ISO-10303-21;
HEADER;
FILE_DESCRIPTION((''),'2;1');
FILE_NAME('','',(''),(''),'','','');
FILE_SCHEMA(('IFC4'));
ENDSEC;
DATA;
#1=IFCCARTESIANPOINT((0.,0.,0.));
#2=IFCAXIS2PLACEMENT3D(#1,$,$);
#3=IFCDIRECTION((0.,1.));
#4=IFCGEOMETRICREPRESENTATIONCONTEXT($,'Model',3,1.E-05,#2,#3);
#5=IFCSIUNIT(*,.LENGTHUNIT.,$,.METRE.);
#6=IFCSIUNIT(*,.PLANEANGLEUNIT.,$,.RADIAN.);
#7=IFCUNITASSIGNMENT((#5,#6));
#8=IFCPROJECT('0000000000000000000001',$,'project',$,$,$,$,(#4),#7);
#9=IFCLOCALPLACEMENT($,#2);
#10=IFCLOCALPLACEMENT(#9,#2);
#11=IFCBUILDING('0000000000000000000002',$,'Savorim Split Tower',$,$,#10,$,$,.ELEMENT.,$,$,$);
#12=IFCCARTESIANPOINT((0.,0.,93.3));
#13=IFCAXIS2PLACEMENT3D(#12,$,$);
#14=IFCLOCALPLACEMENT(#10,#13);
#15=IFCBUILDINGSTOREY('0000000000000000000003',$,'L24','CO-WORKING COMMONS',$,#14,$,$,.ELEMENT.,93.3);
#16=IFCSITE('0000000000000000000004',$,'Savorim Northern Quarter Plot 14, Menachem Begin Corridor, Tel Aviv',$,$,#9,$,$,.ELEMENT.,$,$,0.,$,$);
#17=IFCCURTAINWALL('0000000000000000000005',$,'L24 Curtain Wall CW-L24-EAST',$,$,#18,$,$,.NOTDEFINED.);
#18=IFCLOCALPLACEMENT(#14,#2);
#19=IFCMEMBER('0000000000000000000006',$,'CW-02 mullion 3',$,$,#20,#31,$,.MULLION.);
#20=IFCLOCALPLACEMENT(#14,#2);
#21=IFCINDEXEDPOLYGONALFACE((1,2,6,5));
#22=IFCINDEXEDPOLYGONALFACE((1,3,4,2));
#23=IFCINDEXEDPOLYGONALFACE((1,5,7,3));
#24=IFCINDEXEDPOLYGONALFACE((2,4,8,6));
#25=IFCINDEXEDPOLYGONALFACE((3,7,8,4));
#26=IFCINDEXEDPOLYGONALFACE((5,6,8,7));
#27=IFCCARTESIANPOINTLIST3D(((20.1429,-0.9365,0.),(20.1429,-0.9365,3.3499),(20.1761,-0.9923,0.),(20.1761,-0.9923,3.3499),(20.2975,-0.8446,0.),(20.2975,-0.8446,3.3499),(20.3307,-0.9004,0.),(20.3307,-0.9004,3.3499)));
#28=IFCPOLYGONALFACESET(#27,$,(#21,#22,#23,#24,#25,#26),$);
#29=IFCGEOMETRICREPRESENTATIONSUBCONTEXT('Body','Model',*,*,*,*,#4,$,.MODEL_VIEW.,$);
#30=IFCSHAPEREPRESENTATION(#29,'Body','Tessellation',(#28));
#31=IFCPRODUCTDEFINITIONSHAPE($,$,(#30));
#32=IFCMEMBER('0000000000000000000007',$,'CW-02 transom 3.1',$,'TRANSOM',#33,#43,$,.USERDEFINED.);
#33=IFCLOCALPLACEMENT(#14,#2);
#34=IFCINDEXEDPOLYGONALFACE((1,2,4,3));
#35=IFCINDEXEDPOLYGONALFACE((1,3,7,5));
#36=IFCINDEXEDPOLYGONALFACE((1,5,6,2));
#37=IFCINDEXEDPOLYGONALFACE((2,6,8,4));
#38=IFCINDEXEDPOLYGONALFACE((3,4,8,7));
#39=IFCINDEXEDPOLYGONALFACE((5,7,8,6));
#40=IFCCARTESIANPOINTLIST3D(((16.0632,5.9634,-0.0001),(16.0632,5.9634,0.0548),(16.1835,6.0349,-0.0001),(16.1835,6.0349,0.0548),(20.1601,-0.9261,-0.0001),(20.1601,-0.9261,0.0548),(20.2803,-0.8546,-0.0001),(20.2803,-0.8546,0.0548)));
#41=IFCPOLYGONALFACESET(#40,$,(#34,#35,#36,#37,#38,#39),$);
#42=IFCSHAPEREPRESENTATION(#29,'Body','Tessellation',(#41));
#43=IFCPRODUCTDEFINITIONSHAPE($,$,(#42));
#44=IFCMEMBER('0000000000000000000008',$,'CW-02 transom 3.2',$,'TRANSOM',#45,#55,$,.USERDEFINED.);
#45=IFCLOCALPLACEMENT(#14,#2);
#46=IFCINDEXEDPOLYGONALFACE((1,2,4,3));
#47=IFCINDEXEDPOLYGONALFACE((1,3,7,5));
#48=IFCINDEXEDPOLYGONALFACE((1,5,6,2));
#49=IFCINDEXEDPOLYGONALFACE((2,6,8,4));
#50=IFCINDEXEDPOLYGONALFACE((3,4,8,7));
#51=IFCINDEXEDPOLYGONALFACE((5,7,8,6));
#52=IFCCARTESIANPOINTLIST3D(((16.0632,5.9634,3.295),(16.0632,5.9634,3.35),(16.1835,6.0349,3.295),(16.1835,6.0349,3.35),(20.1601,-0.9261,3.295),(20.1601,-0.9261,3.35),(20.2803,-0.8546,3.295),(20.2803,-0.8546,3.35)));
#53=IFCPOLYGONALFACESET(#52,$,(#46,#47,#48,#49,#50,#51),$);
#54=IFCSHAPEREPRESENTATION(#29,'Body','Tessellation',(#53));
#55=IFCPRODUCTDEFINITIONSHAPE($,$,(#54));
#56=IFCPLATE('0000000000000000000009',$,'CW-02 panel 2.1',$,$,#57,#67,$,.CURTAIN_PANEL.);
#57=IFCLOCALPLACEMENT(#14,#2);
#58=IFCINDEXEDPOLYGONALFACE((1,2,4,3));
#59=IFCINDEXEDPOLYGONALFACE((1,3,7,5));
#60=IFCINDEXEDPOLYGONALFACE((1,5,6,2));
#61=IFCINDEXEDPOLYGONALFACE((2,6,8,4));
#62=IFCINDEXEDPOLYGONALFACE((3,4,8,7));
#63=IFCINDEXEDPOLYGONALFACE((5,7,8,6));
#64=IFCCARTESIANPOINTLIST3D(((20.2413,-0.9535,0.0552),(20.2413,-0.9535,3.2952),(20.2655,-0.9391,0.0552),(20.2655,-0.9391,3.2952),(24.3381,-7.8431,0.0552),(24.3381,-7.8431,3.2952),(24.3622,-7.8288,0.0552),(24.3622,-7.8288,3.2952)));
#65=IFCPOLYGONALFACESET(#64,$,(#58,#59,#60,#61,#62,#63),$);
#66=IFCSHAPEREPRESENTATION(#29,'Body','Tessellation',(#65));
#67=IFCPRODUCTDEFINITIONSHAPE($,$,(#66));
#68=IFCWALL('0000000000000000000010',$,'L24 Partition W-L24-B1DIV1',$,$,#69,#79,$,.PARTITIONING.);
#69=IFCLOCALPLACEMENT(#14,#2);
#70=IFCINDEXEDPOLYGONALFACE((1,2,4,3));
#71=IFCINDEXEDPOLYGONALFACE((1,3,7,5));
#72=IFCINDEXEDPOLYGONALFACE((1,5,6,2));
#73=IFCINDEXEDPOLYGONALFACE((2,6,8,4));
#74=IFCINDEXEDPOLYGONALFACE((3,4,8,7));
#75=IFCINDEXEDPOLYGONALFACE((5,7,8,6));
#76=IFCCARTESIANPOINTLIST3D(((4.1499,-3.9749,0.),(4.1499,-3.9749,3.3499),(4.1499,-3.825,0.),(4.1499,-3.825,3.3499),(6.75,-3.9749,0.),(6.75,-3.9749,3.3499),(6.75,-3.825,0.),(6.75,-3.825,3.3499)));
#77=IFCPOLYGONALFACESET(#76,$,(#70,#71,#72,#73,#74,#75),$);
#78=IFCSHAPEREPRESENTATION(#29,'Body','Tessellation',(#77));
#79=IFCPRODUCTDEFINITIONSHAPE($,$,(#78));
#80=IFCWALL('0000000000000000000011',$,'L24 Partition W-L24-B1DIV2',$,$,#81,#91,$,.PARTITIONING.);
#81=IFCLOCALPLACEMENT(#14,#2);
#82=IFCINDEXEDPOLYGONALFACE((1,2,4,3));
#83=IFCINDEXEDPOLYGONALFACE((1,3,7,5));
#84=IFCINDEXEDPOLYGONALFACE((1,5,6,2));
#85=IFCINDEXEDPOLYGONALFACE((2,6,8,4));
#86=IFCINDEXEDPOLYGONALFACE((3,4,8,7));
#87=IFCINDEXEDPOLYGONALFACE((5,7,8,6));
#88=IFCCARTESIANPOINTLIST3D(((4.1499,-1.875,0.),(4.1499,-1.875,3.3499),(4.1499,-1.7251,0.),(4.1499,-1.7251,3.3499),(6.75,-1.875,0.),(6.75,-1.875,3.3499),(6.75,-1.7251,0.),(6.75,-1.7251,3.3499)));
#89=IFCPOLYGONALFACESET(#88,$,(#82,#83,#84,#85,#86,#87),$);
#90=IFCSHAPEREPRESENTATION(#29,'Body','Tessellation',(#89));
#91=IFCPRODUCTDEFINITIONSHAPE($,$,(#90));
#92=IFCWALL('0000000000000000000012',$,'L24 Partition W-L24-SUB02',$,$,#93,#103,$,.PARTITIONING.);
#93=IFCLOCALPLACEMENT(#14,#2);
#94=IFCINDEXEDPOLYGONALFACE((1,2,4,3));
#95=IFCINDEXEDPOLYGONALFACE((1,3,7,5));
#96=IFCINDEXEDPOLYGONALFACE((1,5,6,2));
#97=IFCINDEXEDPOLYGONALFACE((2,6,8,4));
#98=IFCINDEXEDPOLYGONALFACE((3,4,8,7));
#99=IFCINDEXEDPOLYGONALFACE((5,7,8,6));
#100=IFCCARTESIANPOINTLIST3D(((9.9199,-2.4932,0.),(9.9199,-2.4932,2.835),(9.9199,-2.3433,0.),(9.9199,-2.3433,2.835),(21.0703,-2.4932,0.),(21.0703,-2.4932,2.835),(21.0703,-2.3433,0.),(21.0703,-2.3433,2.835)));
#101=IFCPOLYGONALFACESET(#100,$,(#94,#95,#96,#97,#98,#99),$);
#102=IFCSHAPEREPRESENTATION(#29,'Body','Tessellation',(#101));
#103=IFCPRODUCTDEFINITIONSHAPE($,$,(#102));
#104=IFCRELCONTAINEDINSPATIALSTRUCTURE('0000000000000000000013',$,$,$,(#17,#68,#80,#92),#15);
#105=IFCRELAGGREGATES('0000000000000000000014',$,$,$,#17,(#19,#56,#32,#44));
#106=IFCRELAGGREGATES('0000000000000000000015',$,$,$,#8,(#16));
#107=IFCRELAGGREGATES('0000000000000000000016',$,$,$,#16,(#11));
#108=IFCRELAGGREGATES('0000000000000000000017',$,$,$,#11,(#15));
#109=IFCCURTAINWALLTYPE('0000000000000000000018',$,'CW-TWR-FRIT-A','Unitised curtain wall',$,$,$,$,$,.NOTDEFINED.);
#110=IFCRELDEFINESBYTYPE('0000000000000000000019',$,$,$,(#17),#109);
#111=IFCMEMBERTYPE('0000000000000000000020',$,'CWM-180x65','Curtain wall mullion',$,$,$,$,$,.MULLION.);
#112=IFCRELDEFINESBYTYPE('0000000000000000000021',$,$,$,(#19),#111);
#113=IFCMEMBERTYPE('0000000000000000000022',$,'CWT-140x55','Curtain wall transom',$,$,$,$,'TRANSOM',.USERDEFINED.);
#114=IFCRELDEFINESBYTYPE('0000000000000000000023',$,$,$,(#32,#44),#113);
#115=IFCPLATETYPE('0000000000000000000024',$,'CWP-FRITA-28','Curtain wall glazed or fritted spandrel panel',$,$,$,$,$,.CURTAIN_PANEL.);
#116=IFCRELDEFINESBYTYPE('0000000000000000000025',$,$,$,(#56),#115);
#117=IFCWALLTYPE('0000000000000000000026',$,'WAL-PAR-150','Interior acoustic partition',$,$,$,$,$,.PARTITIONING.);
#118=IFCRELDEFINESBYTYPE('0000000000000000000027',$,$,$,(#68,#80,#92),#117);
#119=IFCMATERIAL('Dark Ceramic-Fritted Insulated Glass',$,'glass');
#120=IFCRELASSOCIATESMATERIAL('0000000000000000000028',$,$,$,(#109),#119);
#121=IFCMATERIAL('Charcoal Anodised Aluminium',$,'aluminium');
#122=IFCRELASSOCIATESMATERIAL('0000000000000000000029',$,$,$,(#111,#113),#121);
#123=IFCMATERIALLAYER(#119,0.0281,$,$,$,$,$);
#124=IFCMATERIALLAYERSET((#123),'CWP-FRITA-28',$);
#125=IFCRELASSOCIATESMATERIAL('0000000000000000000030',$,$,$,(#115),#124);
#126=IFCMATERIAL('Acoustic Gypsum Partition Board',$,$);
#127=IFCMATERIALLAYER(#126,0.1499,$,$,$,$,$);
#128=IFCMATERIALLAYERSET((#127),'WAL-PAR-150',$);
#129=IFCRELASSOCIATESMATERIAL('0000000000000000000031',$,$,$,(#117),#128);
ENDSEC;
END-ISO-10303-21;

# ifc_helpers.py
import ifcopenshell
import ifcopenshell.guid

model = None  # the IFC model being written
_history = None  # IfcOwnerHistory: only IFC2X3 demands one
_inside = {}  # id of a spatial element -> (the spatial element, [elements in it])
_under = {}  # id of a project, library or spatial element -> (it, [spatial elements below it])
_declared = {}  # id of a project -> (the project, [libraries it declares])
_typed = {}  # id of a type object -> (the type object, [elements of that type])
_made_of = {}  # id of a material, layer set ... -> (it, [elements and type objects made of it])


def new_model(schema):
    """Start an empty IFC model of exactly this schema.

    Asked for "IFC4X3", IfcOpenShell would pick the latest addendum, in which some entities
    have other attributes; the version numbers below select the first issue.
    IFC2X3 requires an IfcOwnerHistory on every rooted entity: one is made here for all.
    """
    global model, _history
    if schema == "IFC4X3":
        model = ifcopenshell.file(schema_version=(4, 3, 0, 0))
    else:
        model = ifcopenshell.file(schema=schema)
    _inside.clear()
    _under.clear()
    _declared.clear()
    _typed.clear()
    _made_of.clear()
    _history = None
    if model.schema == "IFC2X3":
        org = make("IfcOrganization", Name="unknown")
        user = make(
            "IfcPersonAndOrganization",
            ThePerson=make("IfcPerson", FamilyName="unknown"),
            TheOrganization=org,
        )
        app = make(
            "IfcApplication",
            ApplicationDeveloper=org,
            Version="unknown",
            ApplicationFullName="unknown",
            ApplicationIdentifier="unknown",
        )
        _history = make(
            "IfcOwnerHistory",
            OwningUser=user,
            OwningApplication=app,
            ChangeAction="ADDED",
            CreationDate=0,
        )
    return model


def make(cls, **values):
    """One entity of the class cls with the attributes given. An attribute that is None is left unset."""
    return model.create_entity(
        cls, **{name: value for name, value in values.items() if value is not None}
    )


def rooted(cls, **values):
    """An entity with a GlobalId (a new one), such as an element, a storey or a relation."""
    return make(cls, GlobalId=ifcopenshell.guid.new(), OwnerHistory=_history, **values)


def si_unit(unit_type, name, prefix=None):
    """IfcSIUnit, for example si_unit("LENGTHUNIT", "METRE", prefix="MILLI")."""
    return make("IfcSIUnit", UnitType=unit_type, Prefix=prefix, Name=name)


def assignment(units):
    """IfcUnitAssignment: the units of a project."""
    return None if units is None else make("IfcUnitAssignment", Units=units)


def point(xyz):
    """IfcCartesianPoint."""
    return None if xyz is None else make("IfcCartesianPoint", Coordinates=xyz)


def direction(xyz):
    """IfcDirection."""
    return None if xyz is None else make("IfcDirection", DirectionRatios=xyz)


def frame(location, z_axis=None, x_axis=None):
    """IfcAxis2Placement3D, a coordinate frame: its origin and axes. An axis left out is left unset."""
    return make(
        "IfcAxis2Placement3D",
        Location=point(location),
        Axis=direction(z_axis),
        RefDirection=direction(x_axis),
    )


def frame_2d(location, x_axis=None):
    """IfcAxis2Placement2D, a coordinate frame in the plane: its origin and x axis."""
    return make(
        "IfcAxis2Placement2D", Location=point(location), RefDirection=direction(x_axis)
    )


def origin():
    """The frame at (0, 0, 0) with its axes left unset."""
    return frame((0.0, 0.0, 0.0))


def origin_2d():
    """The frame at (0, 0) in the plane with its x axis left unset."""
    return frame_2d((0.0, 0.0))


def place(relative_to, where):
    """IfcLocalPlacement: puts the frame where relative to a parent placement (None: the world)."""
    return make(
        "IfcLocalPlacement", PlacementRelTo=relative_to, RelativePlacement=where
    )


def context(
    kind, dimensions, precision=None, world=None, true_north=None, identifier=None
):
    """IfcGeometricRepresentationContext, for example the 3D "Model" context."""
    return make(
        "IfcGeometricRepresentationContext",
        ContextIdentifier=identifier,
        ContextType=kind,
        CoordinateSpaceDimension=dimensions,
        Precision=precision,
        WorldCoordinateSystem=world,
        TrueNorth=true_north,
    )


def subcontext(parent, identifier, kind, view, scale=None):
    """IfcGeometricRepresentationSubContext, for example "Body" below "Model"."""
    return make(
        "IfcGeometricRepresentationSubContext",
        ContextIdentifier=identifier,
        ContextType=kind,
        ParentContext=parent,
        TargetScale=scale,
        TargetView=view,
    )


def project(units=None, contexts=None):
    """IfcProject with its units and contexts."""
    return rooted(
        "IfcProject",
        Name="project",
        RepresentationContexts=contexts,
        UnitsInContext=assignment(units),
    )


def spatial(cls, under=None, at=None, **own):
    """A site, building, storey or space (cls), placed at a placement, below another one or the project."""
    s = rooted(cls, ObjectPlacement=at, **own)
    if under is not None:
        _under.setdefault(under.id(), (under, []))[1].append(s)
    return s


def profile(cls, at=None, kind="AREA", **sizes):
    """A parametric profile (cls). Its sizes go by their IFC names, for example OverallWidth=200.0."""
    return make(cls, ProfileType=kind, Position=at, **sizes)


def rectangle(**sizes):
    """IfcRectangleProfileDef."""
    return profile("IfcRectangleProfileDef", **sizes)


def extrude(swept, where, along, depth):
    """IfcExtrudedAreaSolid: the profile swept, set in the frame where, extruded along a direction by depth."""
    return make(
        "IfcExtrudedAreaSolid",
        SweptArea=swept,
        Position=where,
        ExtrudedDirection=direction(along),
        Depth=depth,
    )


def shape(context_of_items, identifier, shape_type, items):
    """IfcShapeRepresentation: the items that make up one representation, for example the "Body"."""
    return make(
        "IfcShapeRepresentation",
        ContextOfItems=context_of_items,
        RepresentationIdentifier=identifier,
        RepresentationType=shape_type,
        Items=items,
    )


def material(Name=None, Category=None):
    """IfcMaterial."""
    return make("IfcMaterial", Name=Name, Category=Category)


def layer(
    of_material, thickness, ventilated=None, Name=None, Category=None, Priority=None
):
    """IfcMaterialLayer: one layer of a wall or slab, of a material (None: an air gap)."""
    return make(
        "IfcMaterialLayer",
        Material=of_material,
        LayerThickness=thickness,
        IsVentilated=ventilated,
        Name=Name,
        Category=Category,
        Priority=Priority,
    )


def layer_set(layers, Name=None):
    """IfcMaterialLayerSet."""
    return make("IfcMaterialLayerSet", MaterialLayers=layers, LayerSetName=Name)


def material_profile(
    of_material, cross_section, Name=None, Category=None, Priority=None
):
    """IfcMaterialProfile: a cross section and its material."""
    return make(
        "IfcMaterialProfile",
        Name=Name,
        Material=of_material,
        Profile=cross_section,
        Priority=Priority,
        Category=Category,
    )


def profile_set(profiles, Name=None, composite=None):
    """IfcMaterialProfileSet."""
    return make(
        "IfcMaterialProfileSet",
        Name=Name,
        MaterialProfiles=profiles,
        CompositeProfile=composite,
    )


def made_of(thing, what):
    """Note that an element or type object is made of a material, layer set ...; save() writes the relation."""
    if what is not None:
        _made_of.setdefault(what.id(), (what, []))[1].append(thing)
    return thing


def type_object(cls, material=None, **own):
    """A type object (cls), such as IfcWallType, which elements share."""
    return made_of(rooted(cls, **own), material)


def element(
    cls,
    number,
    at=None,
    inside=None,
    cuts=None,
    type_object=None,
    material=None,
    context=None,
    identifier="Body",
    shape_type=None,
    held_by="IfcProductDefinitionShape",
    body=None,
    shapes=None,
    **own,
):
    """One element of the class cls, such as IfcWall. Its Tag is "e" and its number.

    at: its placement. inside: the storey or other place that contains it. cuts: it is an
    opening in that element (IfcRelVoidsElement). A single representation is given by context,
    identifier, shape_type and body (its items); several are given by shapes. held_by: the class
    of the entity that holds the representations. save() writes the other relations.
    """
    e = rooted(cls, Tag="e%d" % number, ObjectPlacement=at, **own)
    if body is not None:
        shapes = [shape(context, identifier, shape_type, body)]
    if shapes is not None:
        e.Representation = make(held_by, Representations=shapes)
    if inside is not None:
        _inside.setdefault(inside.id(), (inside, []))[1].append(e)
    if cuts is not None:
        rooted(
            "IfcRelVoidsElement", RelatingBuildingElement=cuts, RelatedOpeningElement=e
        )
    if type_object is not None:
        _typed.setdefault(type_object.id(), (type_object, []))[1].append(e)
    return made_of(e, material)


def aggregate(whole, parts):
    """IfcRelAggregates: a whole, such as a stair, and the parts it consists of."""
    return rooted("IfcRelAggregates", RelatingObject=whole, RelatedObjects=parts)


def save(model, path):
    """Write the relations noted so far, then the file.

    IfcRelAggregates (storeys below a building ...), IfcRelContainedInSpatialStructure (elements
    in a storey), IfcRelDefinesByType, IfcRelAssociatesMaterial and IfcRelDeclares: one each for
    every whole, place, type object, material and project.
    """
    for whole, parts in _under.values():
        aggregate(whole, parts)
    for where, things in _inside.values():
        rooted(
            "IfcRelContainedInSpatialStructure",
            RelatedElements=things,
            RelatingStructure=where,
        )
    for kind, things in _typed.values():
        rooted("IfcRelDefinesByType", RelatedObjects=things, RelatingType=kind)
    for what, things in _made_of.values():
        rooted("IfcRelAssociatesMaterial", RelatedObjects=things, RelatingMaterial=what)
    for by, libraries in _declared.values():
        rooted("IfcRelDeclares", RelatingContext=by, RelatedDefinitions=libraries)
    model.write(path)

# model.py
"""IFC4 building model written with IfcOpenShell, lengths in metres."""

from ifc_helpers import new_model, si_unit, direction, frame, frame_2d, origin, origin_2d, place, context, subcontext, project, spatial, rectangle, extrude, material, layer, layer_set, material_profile, profile_set, type_object, element, aggregate, save


model = new_model("IFC4")

# Units and contexts
model_context = context("Model", 3, precision=1e-05, world=origin(), true_north=direction((0.0, 1.0)))
body_context = subcontext(model_context, "Body", "Model", "MODEL_VIEW")
ifc_project = project(units=[si_unit("LENGTHUNIT", "METRE"), si_unit("PLANEANGLEUNIT", "RADIAN")], contexts=[model_context])

# Site, building, storey
site_placement = place(None, origin())
site = spatial("IfcSite", under=ifc_project, at=site_placement, Name="Savorim Northern Quarter Plot 14, Menachem Begin Corridor, Tel Aviv", CompositionType="ELEMENT", RefElevation=0.0)
building_placement = place(site_placement, origin())
building = spatial("IfcBuilding", under=site, at=building_placement, Name="Savorim Split Tower", CompositionType="ELEMENT")
storey_placement = place(building_placement, frame((0.0, 0.0, 93.3)))
storey = spatial("IfcBuildingStorey", under=building, at=storey_placement, Name="L24", Description="CO-WORKING COMMONS", CompositionType="ELEMENT", Elevation=93.3)

# Curtain wall, members, plate
ifc_material_1 = material(Name="Dark Ceramic-Fritted Insulated Glass", Category="glass")
curtain_wall_type = type_object("IfcCurtainWallType", Name="CW-TWR-FRIT-A", Description="Unitised curtain wall", PredefinedType="NOTDEFINED", material=ifc_material_1)
curtain_wall_placement = place(storey_placement, origin())
curtain_wall = element("IfcCurtainWall", 1, at=curtain_wall_placement, inside=storey, type_object=curtain_wall_type, Name="L24 Curtain Wall CW-L24-EAST", PredefinedType="NOTDEFINED")
ifc_material_2 = material(Name="Charcoal Anodised Aluminium", Category="aluminium")
ifc_material_profile_1 = material_profile(ifc_material_2, rectangle(XDim=0.1799, YDim=0.0649, at=origin_2d()), Name="ALU-M 180x65")
ifc_profile_set_1 = profile_set([ifc_material_profile_1], Name="Charcoal Anodised Aluminium")
member_type_1 = type_object("IfcMemberType", Name="CWM-180x65", Description="Curtain wall mullion", PredefinedType="MULLION", material=ifc_profile_set_1)
member_1_placement = place(storey_placement, frame((20.2368, -0.9185, 0.0), z_axis=(0.0, 0.0, 1.0), x_axis=(-0.859525, -0.511094, 0.0)))
member_1 = element("IfcMember", 2, at=member_1_placement, type_object=member_type_1, Name="CW-02 mullion 3", PredefinedType="MULLION", context=body_context, shape_type="SweptSolid", body=[
    extrude(rectangle(XDim=0.1799, YDim=0.0649, at=origin_2d()), origin(), (0.0, 0.0, 1.0), 3.3499),
])
ifc_material_profile_2 = material_profile(ifc_material_2, rectangle(XDim=0.1399, YDim=0.0549, at=origin_2d()), Name="ALU-T 140x55")
ifc_profile_set_2 = profile_set([ifc_material_profile_2], Name="Charcoal Anodised Aluminium")
member_type_2 = type_object("IfcMemberType", Name="CWT-140x55", Description="Curtain wall transom", ElementType="TRANSOM", PredefinedType="USERDEFINED", material=ifc_profile_set_2)
member_2_placement = place(storey_placement, frame((20.2202, -0.8904, 0.0273), z_axis=(-0.51111, 0.859515, 0.0), x_axis=(-0.859515, -0.51111, 0.0)))
member_2 = element("IfcMember", 3, at=member_2_placement, type_object=member_type_2, Name="CW-02 transom 3.1", ObjectType="TRANSOM", PredefinedType="USERDEFINED", context=body_context, shape_type="SweptSolid", body=[
    extrude(rectangle(XDim=0.1399, YDim=0.0549, at=origin_2d()), origin(), (0.0, 0.0, 1.0), 8.0156),
])
member_3_placement = place(storey_placement, frame((20.2202, -0.8904, 3.3225), z_axis=(-0.51111, 0.859515, 0.0), x_axis=(-0.859515, -0.51111, 0.0)))
member_3 = element("IfcMember", 4, at=member_3_placement, type_object=member_type_2, Name="CW-02 transom 3.2", ObjectType="TRANSOM", PredefinedType="USERDEFINED", context=body_context, shape_type="SweptSolid", body=[
    extrude(rectangle(XDim=0.1399, YDim=0.0549, at=origin_2d()), origin(), (0.0, 0.0, 1.0), 8.0156),
])
ifc_layer_1 = layer(ifc_material_1, 0.0281)
ifc_layer_set_1 = layer_set([ifc_layer_1], Name="CWP-FRITA-28")
plate_type = type_object("IfcPlateType", Name="CWP-FRITA-28", Description="Curtain wall glazed or fritted spandrel panel", PredefinedType="CURTAIN_PANEL", material=ifc_layer_set_1)
plate_placement = place(storey_placement, frame((22.3018, -4.3911, 0.0552), z_axis=(0.0, 0.0, 1.0), x_axis=(-0.511094, 0.859525, 0.0)))
plate = element("IfcPlate", 5, at=plate_placement, type_object=plate_type, Name="CW-02 panel 2.1", PredefinedType="CURTAIN_PANEL", context=body_context, shape_type="SweptSolid", body=[
    extrude(rectangle(XDim=8.0156, YDim=0.0281, at=origin_2d()), origin(), (0.0, 0.0, 1.0), 3.24),
])
aggregate(curtain_wall, [member_1, plate, member_2, member_3])

# Walls
ifc_material_3 = material(Name="Acoustic Gypsum Partition Board")
ifc_layer_2 = layer(ifc_material_3, 0.1499)
ifc_layer_set_2 = layer_set([ifc_layer_2], Name="WAL-PAR-150")
wall_type = type_object("IfcWallType", Name="WAL-PAR-150", Description="Interior acoustic partition", PredefinedType="PARTITIONING", material=ifc_layer_set_2)
for number, where, z_axis, x_axis, name in (
    (6, (4.1499, -3.8999, 0.0), (0.0, 0.0, 1.0), (1.0, 0.0, 0.0), "L24 Partition W-L24-B1DIV1"),
    (7, (4.1499, -1.8, 0.0), (0.0, 0.0, 1.0), (1.0, 0.0, 0.0), "L24 Partition W-L24-B1DIV2"),
):
    element("IfcWall", number, at=place(storey_placement, frame(where, z_axis=z_axis, x_axis=x_axis)), inside=storey, type_object=wall_type, Name=name, PredefinedType="PARTITIONING", context=body_context, shape_type="SweptSolid", body=[
        extrude(rectangle(XDim=2.6001, YDim=0.1499, at=frame_2d((1.3, 0.0))), origin(), (0.0, 0.0, 1.0), 3.3499),
    ])
wall_placement = place(storey_placement, frame((9.9199, -2.4182, 0.0), z_axis=(0.0, 0.0, 1.0), x_axis=(1.0, 0.0, 0.0)))
element("IfcWall", 8, at=wall_placement, inside=storey, type_object=wall_type, Name="L24 Partition W-L24-SUB02", PredefinedType="PARTITIONING", context=body_context, shape_type="SweptSolid", body=[
    extrude(rectangle(XDim=11.1504, YDim=0.1499, at=frame_2d((5.5752, 0.0))), origin(), (0.0, 0.0, 1.0), 2.835),
])

save(model, "model.ifc")
